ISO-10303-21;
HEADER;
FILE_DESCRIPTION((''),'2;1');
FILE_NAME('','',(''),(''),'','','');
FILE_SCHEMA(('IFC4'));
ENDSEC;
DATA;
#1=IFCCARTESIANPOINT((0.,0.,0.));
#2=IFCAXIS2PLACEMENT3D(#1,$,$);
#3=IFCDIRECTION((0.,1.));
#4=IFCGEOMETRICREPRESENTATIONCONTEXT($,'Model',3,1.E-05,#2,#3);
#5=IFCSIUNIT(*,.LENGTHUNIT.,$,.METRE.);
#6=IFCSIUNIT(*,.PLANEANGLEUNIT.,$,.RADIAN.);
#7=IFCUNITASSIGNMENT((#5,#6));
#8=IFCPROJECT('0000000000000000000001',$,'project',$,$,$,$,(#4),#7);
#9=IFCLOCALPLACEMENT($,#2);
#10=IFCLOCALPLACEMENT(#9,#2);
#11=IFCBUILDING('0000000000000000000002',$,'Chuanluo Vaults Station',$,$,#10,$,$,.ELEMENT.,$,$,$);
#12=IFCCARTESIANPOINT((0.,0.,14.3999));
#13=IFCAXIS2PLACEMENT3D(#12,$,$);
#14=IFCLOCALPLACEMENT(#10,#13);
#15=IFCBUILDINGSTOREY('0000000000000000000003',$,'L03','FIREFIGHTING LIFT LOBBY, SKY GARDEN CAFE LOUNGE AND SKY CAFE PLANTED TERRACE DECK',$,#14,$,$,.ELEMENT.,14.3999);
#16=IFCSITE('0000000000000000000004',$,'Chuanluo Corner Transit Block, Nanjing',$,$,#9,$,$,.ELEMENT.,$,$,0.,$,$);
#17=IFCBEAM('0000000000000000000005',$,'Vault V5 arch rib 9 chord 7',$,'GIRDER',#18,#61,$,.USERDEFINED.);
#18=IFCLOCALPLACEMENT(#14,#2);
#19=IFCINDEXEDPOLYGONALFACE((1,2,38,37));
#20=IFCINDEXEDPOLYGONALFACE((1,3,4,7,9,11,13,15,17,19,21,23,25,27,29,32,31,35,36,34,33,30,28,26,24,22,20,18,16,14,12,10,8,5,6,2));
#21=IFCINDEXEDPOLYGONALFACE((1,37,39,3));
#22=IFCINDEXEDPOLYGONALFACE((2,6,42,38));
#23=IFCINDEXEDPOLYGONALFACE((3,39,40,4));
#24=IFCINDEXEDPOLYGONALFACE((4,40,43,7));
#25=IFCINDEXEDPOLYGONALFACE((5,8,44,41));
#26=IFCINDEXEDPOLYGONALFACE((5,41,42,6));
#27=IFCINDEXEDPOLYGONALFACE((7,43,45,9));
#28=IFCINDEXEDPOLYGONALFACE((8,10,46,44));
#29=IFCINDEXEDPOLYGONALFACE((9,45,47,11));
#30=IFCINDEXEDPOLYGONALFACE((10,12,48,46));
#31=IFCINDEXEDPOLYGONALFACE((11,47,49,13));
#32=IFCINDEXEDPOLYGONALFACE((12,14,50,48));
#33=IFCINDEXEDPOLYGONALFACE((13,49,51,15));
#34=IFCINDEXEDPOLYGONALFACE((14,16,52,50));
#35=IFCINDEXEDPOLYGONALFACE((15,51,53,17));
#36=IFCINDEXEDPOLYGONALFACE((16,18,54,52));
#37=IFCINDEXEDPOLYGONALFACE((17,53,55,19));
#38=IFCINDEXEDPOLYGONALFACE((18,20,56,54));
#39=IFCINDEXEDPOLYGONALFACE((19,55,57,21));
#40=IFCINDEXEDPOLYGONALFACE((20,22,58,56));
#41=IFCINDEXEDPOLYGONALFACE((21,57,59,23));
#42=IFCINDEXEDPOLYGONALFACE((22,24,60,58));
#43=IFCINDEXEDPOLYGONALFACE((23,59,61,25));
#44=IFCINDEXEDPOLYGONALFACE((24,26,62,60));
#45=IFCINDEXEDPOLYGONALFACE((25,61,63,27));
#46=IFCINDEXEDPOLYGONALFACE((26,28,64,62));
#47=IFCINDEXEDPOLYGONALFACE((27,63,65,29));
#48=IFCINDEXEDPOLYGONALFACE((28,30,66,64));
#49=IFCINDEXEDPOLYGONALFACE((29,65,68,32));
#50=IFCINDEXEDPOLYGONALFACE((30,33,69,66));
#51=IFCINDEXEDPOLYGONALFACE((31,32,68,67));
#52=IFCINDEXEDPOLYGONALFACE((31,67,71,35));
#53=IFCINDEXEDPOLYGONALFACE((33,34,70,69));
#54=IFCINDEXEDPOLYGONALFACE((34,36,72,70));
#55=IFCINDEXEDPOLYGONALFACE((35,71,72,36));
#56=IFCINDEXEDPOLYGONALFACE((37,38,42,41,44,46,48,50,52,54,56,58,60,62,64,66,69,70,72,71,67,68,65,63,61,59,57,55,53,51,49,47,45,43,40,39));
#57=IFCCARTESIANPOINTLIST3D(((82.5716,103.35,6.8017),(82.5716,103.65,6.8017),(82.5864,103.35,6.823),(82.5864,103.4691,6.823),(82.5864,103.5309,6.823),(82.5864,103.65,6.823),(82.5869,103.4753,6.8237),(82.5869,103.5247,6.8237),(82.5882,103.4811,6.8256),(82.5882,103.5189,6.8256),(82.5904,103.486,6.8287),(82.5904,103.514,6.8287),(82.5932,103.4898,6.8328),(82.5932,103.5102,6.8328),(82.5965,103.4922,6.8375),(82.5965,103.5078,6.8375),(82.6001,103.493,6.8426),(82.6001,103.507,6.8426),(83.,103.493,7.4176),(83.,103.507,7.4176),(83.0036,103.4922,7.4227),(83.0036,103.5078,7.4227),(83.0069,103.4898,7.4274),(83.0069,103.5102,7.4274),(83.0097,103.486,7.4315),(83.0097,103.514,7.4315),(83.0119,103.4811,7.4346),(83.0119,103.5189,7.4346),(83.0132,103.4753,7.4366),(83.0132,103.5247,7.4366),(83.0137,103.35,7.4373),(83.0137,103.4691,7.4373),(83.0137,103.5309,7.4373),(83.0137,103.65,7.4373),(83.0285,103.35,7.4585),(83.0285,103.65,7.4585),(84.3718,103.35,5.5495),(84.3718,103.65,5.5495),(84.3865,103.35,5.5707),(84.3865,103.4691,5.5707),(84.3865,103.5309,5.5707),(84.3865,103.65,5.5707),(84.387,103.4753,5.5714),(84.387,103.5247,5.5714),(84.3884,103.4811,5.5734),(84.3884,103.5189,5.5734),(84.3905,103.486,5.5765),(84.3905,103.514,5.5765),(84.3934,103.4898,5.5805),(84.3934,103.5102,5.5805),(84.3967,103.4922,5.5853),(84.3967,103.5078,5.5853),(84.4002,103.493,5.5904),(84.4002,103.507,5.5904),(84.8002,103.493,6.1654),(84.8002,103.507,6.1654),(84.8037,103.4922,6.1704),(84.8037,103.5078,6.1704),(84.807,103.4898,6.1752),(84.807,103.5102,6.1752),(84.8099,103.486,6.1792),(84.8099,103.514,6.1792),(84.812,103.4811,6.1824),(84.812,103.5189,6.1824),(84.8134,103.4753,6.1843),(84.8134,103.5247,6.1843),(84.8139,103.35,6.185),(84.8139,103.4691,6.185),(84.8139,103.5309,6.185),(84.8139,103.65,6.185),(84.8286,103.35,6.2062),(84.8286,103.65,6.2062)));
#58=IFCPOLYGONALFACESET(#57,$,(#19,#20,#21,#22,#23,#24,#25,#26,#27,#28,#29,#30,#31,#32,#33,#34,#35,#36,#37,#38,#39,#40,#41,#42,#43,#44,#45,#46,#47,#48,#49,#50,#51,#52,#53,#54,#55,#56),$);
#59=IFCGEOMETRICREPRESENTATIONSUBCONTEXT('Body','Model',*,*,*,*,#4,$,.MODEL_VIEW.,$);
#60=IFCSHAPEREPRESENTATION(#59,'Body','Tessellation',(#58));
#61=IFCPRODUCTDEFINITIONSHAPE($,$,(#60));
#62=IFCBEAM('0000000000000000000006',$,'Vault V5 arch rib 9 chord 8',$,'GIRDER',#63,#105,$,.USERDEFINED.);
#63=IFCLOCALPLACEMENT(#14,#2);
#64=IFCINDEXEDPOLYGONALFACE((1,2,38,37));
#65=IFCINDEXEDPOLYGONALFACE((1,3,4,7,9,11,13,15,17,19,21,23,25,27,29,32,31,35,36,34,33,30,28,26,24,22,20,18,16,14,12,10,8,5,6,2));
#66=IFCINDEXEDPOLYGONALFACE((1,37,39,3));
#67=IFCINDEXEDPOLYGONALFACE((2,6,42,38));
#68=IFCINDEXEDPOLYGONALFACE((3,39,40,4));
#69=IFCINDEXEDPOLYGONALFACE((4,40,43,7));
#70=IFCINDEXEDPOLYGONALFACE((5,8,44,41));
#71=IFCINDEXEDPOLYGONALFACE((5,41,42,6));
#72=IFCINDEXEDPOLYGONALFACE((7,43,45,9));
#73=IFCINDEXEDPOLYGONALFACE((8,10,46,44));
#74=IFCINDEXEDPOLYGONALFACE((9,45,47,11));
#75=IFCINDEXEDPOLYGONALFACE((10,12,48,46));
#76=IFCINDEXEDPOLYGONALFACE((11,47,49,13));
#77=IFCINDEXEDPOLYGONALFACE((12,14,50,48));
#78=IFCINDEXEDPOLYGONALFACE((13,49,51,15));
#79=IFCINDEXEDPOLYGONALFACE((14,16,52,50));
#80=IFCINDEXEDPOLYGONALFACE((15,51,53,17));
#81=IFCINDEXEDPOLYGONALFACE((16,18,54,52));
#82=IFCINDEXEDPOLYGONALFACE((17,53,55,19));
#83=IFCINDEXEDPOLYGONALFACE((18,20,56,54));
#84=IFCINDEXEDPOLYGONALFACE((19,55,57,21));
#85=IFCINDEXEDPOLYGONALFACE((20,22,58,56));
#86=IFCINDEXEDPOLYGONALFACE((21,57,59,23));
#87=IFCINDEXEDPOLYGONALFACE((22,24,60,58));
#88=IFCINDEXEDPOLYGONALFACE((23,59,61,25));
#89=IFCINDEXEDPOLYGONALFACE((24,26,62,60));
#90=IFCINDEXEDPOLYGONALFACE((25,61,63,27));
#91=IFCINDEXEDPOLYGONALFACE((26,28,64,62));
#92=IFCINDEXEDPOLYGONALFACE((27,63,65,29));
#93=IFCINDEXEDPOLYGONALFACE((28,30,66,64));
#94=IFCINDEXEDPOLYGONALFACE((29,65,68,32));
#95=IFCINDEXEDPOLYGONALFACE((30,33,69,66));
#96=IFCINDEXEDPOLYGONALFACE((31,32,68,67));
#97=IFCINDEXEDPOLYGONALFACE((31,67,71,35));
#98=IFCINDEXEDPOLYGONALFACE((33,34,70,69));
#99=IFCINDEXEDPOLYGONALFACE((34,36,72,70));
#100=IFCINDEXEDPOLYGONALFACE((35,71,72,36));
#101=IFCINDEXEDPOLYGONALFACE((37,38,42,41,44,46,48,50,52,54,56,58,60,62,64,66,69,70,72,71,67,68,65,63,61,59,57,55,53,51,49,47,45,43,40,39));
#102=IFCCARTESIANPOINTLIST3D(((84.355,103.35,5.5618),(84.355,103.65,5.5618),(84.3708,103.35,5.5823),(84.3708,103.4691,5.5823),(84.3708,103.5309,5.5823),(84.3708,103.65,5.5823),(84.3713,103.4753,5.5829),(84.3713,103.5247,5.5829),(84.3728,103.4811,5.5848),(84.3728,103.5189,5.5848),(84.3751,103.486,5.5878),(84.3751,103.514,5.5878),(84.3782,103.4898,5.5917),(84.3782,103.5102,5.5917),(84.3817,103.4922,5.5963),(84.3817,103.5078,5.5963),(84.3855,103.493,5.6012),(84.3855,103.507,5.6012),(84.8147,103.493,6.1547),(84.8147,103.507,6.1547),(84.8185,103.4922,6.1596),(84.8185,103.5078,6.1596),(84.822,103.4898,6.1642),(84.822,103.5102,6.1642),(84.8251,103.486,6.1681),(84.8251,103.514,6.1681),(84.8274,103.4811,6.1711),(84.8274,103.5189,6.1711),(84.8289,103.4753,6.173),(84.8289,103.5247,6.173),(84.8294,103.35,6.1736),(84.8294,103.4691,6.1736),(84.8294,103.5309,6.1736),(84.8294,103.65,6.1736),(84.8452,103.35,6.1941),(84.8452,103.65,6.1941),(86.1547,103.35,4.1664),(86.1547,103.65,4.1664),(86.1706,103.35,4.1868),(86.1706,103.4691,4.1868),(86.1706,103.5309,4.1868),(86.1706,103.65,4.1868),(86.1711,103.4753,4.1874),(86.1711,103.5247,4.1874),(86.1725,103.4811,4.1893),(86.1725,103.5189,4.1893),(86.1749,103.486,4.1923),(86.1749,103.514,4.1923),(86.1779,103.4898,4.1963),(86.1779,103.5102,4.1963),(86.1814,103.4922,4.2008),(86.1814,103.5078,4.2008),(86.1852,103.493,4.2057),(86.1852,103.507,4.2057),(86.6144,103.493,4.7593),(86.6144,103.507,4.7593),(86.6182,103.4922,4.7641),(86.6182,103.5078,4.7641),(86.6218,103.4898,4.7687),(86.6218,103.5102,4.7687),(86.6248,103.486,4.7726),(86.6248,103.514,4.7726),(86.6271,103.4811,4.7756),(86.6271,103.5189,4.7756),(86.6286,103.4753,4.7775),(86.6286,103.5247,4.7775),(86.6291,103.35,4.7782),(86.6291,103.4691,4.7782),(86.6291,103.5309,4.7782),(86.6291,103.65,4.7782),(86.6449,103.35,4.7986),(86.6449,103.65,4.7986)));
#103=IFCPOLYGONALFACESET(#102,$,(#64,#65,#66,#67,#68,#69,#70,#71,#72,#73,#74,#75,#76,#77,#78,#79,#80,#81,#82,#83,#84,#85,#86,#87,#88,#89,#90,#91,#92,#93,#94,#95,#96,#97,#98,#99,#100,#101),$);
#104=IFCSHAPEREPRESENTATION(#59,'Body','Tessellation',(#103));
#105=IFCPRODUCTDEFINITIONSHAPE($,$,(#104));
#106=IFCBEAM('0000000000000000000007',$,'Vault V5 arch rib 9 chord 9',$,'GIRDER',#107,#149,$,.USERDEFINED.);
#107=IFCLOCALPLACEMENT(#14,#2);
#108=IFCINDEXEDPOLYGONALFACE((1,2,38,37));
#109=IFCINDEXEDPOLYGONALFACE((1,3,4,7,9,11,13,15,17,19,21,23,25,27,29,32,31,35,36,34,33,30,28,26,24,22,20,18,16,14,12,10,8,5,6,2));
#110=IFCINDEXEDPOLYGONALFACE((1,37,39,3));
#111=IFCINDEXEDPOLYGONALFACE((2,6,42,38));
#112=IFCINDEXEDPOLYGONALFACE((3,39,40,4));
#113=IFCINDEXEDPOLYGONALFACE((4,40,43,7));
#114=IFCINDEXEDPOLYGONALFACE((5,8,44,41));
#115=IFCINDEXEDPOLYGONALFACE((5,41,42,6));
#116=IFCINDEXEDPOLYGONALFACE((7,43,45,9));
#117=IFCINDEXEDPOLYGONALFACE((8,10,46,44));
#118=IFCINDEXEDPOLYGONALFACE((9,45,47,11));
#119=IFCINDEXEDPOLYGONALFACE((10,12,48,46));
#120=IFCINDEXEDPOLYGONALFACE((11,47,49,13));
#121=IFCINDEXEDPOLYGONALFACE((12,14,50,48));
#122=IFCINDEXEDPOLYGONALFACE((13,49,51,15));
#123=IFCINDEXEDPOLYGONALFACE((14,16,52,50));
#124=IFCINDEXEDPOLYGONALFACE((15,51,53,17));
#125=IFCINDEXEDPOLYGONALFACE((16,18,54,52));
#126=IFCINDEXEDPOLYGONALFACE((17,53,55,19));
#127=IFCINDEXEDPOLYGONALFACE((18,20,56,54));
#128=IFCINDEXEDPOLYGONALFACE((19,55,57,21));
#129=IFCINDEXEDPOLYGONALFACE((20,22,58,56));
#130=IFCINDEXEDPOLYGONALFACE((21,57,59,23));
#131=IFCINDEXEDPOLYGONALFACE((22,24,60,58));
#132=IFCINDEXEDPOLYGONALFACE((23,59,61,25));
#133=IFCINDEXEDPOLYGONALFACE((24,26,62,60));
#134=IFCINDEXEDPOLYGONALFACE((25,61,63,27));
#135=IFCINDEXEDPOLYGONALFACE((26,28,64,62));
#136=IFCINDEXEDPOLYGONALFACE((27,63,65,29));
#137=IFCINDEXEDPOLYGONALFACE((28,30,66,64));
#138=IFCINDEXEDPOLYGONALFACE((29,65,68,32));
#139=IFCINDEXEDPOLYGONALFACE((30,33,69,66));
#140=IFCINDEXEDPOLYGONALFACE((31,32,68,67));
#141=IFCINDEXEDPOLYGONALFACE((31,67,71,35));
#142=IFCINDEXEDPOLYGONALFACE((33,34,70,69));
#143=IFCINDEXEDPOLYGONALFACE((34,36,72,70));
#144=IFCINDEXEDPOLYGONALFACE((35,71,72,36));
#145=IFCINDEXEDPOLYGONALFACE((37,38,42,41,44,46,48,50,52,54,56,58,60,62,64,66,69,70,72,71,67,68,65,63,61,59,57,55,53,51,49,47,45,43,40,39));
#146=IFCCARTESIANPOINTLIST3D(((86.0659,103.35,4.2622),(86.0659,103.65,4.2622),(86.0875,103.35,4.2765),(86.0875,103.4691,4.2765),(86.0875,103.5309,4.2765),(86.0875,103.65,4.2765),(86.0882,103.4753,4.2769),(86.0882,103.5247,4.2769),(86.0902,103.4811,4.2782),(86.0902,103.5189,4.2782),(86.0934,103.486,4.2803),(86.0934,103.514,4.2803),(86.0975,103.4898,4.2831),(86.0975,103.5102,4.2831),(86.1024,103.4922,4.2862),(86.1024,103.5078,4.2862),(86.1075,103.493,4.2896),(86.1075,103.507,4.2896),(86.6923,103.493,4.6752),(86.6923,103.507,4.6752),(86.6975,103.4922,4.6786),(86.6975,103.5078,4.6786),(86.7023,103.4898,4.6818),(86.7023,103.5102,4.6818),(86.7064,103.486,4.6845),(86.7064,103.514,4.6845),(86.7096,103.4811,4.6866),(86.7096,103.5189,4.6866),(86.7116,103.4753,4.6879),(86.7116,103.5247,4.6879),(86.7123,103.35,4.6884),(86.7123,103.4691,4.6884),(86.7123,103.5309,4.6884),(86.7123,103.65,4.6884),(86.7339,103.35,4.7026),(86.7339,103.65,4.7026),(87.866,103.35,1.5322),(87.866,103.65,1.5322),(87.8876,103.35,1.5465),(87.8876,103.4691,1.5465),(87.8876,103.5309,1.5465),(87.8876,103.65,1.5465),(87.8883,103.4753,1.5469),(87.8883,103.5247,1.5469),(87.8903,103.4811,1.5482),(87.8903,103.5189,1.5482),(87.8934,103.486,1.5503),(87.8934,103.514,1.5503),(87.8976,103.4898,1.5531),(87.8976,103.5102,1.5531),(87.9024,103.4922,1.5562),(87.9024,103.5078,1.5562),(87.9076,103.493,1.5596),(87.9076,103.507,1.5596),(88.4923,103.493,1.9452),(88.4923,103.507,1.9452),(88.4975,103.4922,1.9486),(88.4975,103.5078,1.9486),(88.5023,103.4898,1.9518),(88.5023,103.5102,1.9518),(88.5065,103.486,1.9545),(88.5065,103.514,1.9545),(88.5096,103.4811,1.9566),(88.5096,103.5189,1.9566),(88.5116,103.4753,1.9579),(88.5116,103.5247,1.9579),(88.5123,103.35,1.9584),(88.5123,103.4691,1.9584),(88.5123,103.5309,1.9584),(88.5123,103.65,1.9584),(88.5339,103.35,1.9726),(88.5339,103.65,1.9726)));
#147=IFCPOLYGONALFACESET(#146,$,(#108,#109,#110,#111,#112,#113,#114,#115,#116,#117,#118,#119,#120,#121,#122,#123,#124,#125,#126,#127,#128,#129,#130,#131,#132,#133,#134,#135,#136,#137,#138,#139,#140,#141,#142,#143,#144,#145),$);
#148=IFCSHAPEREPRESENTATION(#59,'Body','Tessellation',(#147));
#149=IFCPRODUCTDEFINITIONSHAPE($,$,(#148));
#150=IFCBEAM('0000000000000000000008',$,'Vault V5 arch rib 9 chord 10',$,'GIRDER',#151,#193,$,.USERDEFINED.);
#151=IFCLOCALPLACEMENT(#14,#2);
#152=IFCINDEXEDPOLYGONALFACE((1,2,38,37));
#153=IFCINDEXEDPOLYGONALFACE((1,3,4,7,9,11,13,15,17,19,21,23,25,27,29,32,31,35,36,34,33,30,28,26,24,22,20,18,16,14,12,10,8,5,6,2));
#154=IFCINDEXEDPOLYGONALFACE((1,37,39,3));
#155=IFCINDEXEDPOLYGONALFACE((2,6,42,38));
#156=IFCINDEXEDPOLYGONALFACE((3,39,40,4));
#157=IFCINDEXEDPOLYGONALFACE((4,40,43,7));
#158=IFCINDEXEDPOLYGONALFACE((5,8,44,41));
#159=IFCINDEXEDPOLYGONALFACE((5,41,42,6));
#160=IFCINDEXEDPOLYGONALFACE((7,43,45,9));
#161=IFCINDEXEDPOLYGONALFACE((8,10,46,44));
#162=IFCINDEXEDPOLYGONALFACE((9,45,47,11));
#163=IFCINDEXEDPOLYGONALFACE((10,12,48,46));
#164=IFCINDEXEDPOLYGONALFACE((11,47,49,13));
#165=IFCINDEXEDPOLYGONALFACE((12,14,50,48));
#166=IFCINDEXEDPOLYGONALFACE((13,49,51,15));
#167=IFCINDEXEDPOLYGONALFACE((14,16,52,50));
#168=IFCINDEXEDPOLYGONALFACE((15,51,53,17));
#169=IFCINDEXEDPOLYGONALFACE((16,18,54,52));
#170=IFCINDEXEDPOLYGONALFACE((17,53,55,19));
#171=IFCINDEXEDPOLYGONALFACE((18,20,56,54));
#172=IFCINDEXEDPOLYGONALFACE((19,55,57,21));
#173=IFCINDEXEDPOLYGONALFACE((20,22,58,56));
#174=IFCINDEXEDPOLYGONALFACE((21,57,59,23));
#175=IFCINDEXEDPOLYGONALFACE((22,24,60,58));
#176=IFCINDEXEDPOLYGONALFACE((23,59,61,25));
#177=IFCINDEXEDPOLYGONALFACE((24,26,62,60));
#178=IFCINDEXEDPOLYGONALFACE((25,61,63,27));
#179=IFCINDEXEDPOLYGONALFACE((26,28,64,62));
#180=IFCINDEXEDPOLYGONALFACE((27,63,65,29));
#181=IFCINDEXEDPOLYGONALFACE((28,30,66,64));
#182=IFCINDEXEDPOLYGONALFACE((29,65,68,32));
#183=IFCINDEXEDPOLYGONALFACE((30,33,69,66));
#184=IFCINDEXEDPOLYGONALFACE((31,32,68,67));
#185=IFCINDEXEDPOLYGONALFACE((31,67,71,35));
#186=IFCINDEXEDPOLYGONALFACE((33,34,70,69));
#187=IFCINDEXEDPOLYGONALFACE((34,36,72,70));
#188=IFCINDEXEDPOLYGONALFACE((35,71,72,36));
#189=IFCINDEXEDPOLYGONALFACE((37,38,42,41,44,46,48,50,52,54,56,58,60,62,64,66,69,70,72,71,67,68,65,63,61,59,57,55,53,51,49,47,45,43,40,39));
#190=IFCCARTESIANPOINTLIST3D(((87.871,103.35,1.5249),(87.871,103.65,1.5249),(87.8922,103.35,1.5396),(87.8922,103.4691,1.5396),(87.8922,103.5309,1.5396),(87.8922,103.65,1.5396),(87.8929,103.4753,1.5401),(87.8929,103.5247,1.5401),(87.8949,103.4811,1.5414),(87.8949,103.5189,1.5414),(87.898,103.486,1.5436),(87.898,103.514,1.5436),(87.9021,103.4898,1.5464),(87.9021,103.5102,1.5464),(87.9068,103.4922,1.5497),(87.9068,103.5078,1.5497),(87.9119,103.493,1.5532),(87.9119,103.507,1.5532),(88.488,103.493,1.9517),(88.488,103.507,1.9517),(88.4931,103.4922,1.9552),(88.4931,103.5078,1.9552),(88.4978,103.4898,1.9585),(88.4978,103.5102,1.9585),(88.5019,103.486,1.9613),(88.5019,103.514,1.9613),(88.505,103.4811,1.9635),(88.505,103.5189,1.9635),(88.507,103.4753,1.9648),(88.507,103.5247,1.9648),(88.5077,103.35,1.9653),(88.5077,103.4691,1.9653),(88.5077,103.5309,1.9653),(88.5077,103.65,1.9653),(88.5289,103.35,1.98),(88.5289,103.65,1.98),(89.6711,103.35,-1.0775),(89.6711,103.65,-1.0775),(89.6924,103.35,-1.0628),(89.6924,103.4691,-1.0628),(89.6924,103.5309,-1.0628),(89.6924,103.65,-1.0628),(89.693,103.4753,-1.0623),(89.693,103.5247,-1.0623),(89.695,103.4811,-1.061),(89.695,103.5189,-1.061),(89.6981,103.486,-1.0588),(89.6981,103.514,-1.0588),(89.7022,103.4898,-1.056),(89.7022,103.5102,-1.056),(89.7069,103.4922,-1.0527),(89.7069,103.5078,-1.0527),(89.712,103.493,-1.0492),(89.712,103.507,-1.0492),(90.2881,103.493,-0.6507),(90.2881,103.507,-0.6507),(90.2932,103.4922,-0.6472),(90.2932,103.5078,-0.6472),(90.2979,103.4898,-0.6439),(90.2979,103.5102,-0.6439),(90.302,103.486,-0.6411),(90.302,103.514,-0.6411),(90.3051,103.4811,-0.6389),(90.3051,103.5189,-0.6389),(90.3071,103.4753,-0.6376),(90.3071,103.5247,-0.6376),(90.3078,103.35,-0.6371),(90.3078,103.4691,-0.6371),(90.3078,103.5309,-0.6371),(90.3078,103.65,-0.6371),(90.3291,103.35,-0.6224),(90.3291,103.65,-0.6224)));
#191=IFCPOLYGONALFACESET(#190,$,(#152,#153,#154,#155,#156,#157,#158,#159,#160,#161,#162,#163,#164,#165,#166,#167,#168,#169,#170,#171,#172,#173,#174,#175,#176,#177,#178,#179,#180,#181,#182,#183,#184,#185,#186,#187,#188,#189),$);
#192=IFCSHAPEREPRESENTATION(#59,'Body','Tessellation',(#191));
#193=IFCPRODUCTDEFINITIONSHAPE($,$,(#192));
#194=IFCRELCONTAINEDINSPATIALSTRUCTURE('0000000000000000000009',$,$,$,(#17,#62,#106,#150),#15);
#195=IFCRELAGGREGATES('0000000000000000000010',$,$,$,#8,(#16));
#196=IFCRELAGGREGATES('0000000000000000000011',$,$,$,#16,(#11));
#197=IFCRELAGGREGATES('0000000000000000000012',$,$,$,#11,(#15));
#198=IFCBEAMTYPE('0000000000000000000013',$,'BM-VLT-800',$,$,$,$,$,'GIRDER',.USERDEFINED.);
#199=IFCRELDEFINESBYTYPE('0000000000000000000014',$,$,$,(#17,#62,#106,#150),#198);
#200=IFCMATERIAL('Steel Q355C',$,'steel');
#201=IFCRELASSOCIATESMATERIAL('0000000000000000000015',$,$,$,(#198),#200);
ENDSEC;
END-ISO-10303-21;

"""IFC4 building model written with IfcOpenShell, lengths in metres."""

from ifc_helpers import new_model, si_unit, direction, frame, origin, origin_2d, place, context, subcontext, project, spatial, i_section, extrude, material, material_profile, profile_set, type_object, element, save


model = new_model("IFC4")

# Units and contexts
model_context = context("Model", 3, precision=1e-05, world=origin(), true_north=direction((0.0, 1.0)))
body_context = subcontext(model_context, "Body", "Model", "MODEL_VIEW")
ifc_project = project(units=[si_unit("LENGTHUNIT", "METRE"), si_unit("PLANEANGLEUNIT", "RADIAN")], contexts=[model_context])

# Site, building, storey
site_placement = place(None, origin())
site = spatial("IfcSite", under=ifc_project, at=site_placement, Name="Chuanluo Corner Transit Block, Nanjing", CompositionType="ELEMENT", RefElevation=0.0)
building_placement = place(site_placement, origin())
building = spatial("IfcBuilding", under=site, at=building_placement, Name="Chuanluo Vaults Station", CompositionType="ELEMENT")
storey_placement = place(building_placement, frame((0.0, 0.0, 14.3999)))
storey = spatial("IfcBuildingStorey", under=building, at=storey_placement, Name="L03", Description="FIREFIGHTING LIFT LOBBY, SKY GARDEN CAFE LOUNGE AND SKY CAFE PLANTED TERRACE DECK", CompositionType="ELEMENT", Elevation=14.3999)

# Beams
ifc_material_1 = material(Name="Steel Q355C", Category="steel")
ifc_material_profile_1 = material_profile(ifc_material_1, i_section(OverallWidth=0.3, OverallDepth=0.8, WebThickness=0.0139, FlangeThickness=0.0259, FilletRadius=0.0239, at=origin_2d()))
ifc_profile_set_1 = profile_set([ifc_material_profile_1], Name="Steel Q355C")
beam_type_1 = type_object("IfcBeamType", Name="BM-VLT-800", ElementType="GIRDER", PredefinedType="USERDEFINED", material=ifc_profile_set_1)
beam_1_placement = place(storey_placement, frame((82.8, 103.5, 7.1301), z_axis=(0.820907, 0.0, -0.571061), x_axis=(0.0, 1.0, 0.0)))
element("IfcBeam", 1, at=beam_1_placement, inside=storey, type_object=beam_type_1, Name="Vault V5 arch rib 9 chord 7", ObjectType="GIRDER", PredefinedType="USERDEFINED", context=body_context, shape_type="SweptSolid", body=[
    extrude(i_section(OverallWidth=0.3, OverallDepth=0.8, WebThickness=0.0139, FlangeThickness=0.0259, FilletRadius=0.0239, at=origin_2d()), origin(), (0.0, 0.0, 1.0), 2.1929),
])
beam_2_placement = place(storey_placement, frame((84.6001, 103.5, 5.8779), z_axis=(0.790275, 0.0, -0.612752), x_axis=(0.0, 1.0, 0.0)))
element("IfcBeam", 2, at=beam_2_placement, inside=storey, type_object=beam_type_1, Name="Vault V5 arch rib 9 chord 8", ObjectType="GIRDER", PredefinedType="USERDEFINED", context=body_context, shape_type="SweptSolid", body=[
    extrude(i_section(OverallWidth=0.3, OverallDepth=0.8, WebThickness=0.0139, FlangeThickness=0.0259, FilletRadius=0.0239, at=origin_2d()), origin(), (0.0, 0.0, 1.0), 2.2773),
])
beam_3_placement = place(storey_placement, frame((86.3999, 103.5, 4.4824), z_axis=(0.550472, 0.0, -0.834854), x_axis=(0.0, 1.0, 0.0)))
element("IfcBeam", 3, at=beam_3_placement, inside=storey, type_object=beam_type_1, Name="Vault V5 arch rib 9 chord 9", ObjectType="GIRDER", PredefinedType="USERDEFINED", context=body_context, shape_type="SweptSolid", body=[
    extrude(i_section(OverallWidth=0.3, OverallDepth=0.8, WebThickness=0.0139, FlangeThickness=0.0259, FilletRadius=0.0239, at=origin_2d()), origin(), (0.0, 0.0, 1.0), 3.27),
])
beam_4_placement = place(storey_placement, frame((88.2, 103.5, 1.7524), z_axis=(0.568881, 0.0, -0.82242), x_axis=(0.0, 1.0, 0.0)))
element("IfcBeam", 4, at=beam_4_placement, inside=storey, type_object=beam_type_1, Name="Vault V5 arch rib 9 chord 10", ObjectType="GIRDER", PredefinedType="USERDEFINED", context=body_context, shape_type="SweptSolid", body=[
    extrude(i_section(OverallWidth=0.3, OverallDepth=0.8, WebThickness=0.0139, FlangeThickness=0.0259, FilletRadius=0.0239, at=origin_2d()), origin(), (0.0, 0.0, 1.0), 3.1643),
])

save(model, "model.ifc")
